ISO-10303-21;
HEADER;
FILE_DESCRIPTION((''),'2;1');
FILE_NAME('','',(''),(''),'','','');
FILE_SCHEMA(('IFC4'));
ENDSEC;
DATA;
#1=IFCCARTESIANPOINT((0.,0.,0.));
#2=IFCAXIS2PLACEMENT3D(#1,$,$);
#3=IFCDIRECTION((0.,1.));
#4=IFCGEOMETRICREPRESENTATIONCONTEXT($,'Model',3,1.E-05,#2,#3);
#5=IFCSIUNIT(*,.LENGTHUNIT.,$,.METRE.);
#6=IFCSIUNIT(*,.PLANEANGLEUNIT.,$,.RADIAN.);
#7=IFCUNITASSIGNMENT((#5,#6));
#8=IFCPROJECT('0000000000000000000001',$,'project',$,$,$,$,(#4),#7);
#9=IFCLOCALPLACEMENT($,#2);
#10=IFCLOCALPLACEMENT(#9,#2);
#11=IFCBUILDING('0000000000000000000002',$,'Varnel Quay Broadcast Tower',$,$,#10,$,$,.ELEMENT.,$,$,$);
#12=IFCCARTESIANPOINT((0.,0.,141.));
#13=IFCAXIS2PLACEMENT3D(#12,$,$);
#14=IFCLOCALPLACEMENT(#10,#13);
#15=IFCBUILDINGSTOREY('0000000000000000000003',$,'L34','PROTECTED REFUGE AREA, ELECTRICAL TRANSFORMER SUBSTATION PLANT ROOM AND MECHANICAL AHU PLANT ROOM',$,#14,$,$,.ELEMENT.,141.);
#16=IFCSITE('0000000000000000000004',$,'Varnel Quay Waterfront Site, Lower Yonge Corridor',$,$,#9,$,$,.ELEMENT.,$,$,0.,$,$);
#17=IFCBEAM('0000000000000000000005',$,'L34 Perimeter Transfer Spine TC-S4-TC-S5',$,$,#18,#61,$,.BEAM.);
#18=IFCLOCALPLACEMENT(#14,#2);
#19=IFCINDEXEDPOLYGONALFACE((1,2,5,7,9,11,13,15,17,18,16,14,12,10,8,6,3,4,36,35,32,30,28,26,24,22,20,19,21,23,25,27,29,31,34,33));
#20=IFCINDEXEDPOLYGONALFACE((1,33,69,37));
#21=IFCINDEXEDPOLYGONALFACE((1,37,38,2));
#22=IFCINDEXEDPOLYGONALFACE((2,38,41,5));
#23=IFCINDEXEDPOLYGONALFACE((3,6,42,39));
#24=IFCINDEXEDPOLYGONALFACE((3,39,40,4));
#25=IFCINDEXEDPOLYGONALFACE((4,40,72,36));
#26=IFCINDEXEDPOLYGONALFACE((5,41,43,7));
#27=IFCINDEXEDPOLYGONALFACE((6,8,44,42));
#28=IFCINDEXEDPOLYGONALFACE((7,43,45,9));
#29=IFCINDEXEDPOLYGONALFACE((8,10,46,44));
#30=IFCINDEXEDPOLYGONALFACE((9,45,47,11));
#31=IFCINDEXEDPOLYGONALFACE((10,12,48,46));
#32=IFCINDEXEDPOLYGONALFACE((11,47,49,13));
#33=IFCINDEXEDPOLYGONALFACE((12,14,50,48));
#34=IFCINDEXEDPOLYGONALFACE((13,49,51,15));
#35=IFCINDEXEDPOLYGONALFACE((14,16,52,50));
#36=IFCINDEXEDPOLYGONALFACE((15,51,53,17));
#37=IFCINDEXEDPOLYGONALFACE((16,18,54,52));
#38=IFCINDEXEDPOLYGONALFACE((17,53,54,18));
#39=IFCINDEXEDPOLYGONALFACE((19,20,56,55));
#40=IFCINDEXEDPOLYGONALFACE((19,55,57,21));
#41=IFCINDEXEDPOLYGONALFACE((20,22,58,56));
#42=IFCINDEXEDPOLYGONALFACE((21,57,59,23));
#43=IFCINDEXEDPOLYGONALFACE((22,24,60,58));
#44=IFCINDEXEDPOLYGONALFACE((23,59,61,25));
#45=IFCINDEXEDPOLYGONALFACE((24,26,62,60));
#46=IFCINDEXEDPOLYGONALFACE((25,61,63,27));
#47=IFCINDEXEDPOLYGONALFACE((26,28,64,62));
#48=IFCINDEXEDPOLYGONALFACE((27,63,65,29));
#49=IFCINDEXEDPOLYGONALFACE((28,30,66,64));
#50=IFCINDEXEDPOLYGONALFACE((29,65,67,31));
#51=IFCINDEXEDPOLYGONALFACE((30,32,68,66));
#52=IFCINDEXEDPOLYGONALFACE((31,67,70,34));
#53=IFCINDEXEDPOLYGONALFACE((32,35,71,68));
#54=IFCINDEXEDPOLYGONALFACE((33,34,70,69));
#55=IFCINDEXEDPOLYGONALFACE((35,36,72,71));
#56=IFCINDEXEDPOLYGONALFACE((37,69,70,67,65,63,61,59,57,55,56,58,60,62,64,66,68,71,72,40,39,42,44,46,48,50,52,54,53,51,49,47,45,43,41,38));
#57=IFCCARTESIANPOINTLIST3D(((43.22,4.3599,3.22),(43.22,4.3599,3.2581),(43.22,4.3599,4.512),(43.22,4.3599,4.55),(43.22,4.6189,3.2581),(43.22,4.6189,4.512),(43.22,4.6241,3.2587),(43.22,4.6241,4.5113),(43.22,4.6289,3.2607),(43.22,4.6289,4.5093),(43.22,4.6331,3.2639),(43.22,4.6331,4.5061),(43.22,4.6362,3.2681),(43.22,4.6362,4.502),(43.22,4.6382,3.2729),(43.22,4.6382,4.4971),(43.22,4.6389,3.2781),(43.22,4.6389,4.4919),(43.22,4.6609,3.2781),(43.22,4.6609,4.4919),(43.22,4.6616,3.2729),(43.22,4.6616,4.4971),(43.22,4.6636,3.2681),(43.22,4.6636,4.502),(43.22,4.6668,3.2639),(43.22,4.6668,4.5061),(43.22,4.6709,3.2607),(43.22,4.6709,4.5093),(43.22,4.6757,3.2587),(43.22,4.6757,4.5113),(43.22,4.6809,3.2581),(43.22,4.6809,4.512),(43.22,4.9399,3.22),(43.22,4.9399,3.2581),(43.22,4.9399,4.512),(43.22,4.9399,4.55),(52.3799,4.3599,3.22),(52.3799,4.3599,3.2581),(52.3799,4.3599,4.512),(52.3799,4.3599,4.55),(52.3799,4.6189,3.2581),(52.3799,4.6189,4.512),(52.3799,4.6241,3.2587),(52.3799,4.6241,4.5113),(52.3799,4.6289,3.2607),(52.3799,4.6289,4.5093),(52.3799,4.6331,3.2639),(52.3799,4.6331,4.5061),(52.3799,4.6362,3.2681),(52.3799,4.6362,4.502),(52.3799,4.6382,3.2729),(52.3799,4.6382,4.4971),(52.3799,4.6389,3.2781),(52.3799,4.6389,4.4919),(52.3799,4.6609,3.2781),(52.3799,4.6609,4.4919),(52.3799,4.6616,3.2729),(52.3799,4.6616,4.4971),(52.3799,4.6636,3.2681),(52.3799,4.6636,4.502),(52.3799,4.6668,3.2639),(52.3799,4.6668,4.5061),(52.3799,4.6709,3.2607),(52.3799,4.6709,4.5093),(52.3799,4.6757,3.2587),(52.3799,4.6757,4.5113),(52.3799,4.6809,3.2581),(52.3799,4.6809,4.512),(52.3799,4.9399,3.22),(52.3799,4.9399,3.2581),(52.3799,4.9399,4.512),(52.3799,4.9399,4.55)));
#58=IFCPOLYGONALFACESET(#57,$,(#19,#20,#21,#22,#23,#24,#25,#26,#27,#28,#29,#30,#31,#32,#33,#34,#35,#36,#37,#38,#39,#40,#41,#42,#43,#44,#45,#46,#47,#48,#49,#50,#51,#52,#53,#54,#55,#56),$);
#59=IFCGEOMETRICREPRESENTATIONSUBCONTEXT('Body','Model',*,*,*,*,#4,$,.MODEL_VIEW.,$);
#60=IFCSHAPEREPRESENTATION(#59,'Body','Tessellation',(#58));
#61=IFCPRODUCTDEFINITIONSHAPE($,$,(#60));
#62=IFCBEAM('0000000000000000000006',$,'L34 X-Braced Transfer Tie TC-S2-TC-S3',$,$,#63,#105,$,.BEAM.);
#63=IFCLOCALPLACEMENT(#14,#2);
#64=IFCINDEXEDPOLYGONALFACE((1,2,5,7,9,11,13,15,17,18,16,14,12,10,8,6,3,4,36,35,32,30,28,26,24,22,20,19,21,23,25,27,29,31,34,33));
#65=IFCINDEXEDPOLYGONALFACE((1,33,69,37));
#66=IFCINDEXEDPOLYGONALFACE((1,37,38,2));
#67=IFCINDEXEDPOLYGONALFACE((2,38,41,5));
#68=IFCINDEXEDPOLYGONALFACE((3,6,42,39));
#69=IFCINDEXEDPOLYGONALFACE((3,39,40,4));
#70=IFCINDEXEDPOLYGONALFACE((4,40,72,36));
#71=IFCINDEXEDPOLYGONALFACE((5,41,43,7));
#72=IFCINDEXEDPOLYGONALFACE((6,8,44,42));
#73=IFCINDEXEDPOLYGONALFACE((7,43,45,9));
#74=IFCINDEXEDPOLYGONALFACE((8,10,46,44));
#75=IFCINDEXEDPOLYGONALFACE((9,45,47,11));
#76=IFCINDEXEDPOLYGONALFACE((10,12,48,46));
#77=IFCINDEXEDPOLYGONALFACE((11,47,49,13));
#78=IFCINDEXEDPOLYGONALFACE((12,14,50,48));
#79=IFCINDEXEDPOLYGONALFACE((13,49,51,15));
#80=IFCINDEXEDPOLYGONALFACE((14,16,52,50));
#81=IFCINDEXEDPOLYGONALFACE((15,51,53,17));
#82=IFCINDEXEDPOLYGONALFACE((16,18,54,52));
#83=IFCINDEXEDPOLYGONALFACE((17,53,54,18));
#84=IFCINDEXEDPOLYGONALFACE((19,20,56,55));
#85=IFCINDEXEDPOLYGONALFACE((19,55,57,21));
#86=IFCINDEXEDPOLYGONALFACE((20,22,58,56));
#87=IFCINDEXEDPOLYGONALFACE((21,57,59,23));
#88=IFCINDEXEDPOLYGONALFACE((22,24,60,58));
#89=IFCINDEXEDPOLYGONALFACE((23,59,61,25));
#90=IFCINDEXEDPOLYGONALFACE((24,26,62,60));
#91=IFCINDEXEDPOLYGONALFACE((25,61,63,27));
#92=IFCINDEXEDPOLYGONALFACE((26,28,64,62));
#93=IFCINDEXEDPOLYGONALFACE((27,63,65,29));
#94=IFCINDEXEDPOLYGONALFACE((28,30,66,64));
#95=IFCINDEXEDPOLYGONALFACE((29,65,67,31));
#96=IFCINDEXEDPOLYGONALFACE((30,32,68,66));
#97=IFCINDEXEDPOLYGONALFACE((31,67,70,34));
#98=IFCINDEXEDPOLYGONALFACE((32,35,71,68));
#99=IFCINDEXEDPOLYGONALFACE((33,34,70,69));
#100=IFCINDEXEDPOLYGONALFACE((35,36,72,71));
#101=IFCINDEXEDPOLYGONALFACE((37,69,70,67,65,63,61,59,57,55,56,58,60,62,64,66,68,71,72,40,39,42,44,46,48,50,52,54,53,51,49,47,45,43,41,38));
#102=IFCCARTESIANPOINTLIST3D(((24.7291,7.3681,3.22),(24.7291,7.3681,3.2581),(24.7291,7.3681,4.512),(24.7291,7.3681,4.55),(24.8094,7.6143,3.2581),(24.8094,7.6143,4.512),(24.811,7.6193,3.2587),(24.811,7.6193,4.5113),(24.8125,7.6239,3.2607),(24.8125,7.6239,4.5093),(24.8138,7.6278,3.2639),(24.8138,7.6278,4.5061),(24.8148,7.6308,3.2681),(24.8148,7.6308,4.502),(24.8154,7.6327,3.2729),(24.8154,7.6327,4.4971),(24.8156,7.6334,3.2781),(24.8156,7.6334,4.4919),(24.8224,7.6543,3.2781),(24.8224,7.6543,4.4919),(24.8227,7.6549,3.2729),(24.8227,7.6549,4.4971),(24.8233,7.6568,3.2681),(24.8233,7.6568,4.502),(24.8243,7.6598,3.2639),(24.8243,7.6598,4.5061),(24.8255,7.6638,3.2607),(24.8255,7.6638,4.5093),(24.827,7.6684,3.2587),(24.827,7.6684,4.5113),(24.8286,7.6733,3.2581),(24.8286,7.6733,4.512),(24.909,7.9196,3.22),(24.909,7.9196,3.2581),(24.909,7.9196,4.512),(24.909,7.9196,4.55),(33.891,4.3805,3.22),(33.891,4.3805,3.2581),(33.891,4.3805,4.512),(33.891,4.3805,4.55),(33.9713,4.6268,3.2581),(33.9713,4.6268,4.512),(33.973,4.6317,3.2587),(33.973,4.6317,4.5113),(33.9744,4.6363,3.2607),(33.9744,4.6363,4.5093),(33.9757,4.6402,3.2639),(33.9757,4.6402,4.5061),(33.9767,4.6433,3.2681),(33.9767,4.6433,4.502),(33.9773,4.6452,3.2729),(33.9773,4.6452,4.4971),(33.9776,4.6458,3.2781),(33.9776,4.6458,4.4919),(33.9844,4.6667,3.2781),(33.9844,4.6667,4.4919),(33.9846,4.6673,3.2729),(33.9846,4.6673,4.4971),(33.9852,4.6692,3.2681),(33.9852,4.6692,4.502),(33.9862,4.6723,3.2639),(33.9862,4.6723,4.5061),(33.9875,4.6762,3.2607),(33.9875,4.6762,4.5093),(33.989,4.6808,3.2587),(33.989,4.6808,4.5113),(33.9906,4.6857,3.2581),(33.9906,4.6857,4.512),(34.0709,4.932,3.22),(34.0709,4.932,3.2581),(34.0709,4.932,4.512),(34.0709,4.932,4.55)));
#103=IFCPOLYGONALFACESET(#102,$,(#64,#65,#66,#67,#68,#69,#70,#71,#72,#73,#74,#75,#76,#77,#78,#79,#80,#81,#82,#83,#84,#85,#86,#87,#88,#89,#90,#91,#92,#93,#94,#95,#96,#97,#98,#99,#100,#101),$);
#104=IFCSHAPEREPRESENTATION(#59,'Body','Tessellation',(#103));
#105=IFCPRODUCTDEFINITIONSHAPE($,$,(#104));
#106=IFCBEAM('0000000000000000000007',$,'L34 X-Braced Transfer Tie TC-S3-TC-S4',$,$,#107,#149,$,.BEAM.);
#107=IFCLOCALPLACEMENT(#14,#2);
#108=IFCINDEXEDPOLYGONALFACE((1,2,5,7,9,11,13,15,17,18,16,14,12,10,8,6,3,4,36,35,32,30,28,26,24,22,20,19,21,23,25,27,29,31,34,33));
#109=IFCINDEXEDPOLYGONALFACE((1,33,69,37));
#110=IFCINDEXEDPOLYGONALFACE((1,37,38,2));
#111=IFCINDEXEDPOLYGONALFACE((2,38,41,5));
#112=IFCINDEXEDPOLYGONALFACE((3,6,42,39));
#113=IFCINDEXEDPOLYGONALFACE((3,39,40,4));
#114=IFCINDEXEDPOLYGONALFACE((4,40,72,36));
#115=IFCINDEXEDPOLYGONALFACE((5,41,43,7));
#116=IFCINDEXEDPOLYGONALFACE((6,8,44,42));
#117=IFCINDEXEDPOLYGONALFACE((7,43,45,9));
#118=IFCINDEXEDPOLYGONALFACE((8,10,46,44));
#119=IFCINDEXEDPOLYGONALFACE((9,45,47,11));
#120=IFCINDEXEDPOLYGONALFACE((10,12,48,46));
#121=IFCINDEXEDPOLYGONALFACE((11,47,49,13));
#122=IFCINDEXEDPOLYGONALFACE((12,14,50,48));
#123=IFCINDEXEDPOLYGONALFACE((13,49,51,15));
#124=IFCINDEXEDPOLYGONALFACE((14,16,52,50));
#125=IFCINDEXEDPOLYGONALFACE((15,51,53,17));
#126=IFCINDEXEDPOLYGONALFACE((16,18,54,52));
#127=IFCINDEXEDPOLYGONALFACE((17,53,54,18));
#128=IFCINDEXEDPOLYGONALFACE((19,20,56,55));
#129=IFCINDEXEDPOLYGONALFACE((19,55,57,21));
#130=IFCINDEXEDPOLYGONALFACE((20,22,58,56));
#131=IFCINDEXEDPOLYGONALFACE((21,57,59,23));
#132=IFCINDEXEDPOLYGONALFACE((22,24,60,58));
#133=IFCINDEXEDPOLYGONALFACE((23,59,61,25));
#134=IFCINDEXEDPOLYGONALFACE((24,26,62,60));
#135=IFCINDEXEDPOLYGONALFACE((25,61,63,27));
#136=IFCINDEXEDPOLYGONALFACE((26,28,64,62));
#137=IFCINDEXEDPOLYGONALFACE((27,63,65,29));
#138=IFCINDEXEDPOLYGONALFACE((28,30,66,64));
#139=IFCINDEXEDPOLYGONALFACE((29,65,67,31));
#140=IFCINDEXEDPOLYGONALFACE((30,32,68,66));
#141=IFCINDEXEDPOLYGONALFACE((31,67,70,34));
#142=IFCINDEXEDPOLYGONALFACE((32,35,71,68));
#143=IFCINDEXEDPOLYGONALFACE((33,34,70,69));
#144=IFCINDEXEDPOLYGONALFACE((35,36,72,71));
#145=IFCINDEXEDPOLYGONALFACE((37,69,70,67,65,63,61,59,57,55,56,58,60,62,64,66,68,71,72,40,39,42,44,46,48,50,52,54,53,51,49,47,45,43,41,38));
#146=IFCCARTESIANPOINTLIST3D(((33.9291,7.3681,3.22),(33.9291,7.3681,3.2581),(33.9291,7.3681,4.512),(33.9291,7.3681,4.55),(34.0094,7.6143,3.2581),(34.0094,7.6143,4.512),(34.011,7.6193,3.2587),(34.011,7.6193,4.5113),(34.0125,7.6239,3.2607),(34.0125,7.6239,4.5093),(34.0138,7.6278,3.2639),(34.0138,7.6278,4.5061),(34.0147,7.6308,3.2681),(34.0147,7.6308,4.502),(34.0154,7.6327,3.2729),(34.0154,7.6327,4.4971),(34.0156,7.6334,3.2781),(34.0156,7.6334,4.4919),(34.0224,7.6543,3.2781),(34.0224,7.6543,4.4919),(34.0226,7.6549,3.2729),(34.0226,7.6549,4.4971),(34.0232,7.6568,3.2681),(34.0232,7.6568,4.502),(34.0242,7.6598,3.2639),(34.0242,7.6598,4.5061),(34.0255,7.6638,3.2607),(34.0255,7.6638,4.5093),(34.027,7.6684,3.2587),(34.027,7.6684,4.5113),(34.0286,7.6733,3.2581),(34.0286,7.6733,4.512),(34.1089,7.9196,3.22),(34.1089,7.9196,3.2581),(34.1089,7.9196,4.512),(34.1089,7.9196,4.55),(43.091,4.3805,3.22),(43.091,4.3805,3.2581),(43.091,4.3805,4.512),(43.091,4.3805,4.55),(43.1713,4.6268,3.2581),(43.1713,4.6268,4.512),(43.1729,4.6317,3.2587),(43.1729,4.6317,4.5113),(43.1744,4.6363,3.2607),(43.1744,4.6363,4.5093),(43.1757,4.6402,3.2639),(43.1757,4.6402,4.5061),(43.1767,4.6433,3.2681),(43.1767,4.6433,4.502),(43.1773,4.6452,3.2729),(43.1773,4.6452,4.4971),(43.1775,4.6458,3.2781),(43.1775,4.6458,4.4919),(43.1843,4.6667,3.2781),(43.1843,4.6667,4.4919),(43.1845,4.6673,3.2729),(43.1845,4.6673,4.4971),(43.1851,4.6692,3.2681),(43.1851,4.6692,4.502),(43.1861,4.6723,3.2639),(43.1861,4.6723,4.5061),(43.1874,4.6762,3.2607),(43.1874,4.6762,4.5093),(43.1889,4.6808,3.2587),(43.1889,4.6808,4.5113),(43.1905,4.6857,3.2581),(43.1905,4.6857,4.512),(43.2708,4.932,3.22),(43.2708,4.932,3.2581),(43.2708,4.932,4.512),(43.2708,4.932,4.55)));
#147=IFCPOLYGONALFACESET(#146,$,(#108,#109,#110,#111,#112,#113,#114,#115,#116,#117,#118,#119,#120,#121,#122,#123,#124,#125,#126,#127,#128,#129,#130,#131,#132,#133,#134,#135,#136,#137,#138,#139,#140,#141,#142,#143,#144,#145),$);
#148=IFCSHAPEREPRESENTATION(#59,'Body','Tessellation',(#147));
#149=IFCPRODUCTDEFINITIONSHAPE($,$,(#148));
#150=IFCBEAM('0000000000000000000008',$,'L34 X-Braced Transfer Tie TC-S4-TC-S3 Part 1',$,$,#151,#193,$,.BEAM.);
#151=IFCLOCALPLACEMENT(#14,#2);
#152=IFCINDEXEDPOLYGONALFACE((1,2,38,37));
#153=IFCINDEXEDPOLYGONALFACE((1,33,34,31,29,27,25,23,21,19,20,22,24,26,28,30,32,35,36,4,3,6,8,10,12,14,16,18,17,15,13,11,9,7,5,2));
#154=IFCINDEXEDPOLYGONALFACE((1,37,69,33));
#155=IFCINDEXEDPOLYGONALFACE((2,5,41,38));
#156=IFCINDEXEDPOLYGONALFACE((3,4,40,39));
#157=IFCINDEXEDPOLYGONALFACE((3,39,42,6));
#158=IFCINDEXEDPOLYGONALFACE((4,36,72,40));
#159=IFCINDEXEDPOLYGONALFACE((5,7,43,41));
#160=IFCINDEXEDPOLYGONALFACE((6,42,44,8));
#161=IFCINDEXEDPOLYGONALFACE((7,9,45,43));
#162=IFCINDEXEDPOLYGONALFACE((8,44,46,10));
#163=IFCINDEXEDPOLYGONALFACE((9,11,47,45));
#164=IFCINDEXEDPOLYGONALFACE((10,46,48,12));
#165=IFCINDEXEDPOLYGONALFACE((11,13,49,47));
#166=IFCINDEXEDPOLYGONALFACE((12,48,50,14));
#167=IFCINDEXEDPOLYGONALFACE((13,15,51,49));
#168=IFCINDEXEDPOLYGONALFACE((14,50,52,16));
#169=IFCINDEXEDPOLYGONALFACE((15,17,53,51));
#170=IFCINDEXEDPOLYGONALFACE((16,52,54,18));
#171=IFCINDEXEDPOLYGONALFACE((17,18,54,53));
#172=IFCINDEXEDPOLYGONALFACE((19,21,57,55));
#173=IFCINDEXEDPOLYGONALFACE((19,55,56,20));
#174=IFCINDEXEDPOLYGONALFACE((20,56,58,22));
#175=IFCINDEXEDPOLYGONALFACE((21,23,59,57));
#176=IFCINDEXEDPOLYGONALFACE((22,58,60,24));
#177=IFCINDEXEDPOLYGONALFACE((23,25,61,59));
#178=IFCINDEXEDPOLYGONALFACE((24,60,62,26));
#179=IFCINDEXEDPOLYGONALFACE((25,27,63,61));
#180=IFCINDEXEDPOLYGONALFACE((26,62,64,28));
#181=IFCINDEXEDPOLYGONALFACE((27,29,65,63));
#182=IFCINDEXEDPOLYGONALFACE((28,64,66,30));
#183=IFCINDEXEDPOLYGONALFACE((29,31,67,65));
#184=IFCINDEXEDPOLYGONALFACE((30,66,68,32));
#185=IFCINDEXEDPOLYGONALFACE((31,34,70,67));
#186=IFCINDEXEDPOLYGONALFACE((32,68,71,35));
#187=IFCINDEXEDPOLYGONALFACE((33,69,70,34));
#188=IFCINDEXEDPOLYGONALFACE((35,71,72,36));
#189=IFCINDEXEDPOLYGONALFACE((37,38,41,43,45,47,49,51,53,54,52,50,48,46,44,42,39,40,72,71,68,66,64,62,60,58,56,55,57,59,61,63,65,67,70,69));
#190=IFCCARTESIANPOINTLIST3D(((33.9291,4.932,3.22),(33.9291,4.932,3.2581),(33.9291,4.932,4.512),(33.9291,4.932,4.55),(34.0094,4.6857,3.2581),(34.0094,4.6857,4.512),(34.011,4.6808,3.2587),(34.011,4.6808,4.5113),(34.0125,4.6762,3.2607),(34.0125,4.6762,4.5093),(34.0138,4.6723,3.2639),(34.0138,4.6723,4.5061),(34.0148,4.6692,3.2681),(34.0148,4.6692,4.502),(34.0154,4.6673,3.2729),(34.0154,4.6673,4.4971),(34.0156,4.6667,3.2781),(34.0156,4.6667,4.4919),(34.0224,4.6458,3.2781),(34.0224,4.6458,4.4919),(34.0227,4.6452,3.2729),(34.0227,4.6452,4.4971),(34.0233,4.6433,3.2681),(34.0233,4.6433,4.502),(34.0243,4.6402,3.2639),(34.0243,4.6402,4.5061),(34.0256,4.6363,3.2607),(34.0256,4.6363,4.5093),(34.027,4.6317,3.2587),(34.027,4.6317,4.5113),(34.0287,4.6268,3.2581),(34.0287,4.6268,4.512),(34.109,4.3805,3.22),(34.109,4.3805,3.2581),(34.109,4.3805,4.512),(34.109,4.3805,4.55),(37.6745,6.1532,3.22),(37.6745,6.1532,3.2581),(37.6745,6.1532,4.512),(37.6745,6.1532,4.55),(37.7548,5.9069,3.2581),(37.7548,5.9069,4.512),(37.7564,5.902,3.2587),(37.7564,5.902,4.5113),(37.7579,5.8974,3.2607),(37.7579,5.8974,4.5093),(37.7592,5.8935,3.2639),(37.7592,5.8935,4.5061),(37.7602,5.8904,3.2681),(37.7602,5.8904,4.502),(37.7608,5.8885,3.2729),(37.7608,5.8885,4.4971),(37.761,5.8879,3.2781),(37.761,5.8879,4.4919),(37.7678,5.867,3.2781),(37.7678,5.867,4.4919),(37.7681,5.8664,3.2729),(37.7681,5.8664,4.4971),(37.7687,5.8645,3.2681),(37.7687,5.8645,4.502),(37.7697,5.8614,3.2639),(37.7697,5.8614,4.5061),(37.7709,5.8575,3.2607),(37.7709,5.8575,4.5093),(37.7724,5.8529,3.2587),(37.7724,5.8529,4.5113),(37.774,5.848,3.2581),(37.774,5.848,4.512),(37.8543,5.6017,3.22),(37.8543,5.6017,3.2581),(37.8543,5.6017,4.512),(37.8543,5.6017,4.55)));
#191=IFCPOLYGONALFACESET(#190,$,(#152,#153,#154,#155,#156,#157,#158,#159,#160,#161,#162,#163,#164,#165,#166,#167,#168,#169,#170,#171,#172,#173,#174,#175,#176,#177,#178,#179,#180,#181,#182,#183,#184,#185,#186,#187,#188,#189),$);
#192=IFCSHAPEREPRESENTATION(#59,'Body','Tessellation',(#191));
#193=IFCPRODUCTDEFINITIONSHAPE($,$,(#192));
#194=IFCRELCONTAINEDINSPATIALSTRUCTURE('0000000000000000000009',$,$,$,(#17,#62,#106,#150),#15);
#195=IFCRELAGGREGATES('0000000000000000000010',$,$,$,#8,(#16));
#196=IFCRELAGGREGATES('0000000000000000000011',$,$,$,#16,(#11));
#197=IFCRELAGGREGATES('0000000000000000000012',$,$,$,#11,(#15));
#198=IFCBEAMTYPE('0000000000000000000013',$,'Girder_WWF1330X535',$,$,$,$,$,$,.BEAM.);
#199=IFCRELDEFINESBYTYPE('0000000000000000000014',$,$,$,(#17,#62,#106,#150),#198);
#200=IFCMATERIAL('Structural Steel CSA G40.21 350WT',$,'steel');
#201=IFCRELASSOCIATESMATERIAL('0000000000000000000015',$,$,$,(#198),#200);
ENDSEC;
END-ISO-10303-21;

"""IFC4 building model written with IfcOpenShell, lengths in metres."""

from ifc_helpers import new_model, si_unit, direction, frame, origin, origin_2d, place, context, subcontext, project, spatial, i_section, extrude, source, transform, mapped, material, material_profile, profile_set, type_object, type_shapes, element, save


model = new_model("IFC4")

# Units and contexts
model_context = context("Model", 3, precision=1e-05, world=origin(), true_north=direction((0.0, 1.0)))
body_context = subcontext(model_context, "Body", "Model", "MODEL_VIEW")
ifc_project = project(units=[si_unit("LENGTHUNIT", "METRE"), si_unit("PLANEANGLEUNIT", "RADIAN")], contexts=[model_context])

# Site, building, storey
site_placement = place(None, origin())
site = spatial("IfcSite", under=ifc_project, at=site_placement, Name="Varnel Quay Waterfront Site, Lower Yonge Corridor", CompositionType="ELEMENT", RefElevation=0.0)
building_placement = place(site_placement, origin())
building = spatial("IfcBuilding", under=site, at=building_placement, Name="Varnel Quay Broadcast Tower", CompositionType="ELEMENT")
storey_placement = place(building_placement, frame((0.0, 0.0, 141.0)))
storey = spatial("IfcBuildingStorey", under=building, at=storey_placement, Name="L34", Description="PROTECTED REFUGE AREA, ELECTRICAL TRANSFORMER SUBSTATION PLANT ROOM AND MECHANICAL AHU PLANT ROOM", CompositionType="ELEMENT", Elevation=141.0)

# Beams
ifc_material_1 = material(Name="Structural Steel CSA G40.21 350WT", Category="steel")
ifc_material_profile_1 = material_profile(ifc_material_1, i_section(OverallWidth=0.5801, OverallDepth=1.3301, WebThickness=0.022, FlangeThickness=0.0381, FilletRadius=0.02, at=origin_2d()), Name="WWF1330X535")
ifc_profile_set_1 = profile_set([ifc_material_profile_1], Name="Structural Steel CSA G40.21 350WT")
beam_type = type_object("IfcBeamType", Name="Girder_WWF1330X535", PredefinedType="BEAM", material=ifc_profile_set_1)
shared_shape_1 = source(origin(), body_context, "Body", "SweptSolid", [
    extrude(i_section(OverallWidth=0.5801, OverallDepth=1.3301, WebThickness=0.022, FlangeThickness=0.0381, FilletRadius=0.02, at=origin_2d()), origin(), (0.0, 0.0, 1.0), 9.1599),
])
for number, where, z_axis, x_axis, name in (
    (1, (43.22, 4.6499, 3.885), (1.0, 0.0, 0.0), (0.0, 1.0, 0.0), "L34 Perimeter Transfer Spine TC-S4-TC-S5"),
):
    element("IfcBeam", number, at=place(storey_placement, frame(where, z_axis=z_axis, x_axis=x_axis)), inside=storey, type_object=beam_type, Name=name, PredefinedType="BEAM", context=body_context, shape_type="MappedRepresentation", body=[
        mapped(shared_shape_1, transform((0.0, 0.0, 0.0), x_axis=(1.0, 0.0, 0.0), y_axis=(0.0, 1.0, 0.0), z_axis=(0.0, 0.0, 1.0), scale=1.0)),
    ])
shared_shape_2 = source(origin(), body_context, "Body", "SweptSolid", [
    extrude(i_section(OverallWidth=0.5801, OverallDepth=1.3301, WebThickness=0.022, FlangeThickness=0.0381, FilletRadius=0.02, at=origin_2d()), origin(), (0.0, 0.0, 1.0), 9.6367),
])
for number, where, z_axis, x_axis, name in (
    (2, (33.981, 4.6562, 3.885), (-0.95073, 0.310019, 0.0), (-0.310019, -0.95073, 0.0), "L34 X-Braced Transfer Tie TC-S2-TC-S3"),
    (3, (43.1809, 4.6562, 3.885), (-0.95073, 0.310019, 0.0), (-0.310019, -0.95073, 0.0), "L34 X-Braced Transfer Tie TC-S3-TC-S4"),
):
    element("IfcBeam", number, at=place(storey_placement, frame(where, z_axis=z_axis, x_axis=x_axis)), inside=storey, type_object=beam_type, Name=name, PredefinedType="BEAM", context=body_context, shape_type="MappedRepresentation", body=[
        mapped(shared_shape_2, transform((0.0, 0.0, 0.0), x_axis=(1.0, 0.0, 0.0), y_axis=(0.0, 1.0, 0.0), z_axis=(0.0, 0.0, 1.0), scale=1.0)),
    ])
shared_shape_3 = source(origin(), body_context, "Body", "SweptSolid", [
    extrude(i_section(OverallWidth=0.5801, OverallDepth=1.3301, WebThickness=0.022, FlangeThickness=0.0381, FilletRadius=0.02, at=origin_2d()), origin(), (0.0, 0.0, 1.0), 3.9395),
])
type_shapes(beam_type, [shared_shape_1, shared_shape_2, shared_shape_3])
for number, where, z_axis, x_axis, name in (
    (4, (34.019, 4.6562, 3.885), (0.950739, 0.309993, 0.0), (-0.309993, 0.950739, 0.0), "L34 X-Braced Transfer Tie TC-S4-TC-S3 Part 1"),
):
    element("IfcBeam", number, at=place(storey_placement, frame(where, z_axis=z_axis, x_axis=x_axis)), inside=storey, type_object=beam_type, Name=name, PredefinedType="BEAM", context=body_context, shape_type="MappedRepresentation", body=[
        mapped(shared_shape_3, transform((0.0, 0.0, 0.0), x_axis=(1.0, 0.0, 0.0), y_axis=(0.0, 1.0, 0.0), z_axis=(0.0, 0.0, 1.0), scale=1.0)),
    ])

save(model, "model.ifc")
